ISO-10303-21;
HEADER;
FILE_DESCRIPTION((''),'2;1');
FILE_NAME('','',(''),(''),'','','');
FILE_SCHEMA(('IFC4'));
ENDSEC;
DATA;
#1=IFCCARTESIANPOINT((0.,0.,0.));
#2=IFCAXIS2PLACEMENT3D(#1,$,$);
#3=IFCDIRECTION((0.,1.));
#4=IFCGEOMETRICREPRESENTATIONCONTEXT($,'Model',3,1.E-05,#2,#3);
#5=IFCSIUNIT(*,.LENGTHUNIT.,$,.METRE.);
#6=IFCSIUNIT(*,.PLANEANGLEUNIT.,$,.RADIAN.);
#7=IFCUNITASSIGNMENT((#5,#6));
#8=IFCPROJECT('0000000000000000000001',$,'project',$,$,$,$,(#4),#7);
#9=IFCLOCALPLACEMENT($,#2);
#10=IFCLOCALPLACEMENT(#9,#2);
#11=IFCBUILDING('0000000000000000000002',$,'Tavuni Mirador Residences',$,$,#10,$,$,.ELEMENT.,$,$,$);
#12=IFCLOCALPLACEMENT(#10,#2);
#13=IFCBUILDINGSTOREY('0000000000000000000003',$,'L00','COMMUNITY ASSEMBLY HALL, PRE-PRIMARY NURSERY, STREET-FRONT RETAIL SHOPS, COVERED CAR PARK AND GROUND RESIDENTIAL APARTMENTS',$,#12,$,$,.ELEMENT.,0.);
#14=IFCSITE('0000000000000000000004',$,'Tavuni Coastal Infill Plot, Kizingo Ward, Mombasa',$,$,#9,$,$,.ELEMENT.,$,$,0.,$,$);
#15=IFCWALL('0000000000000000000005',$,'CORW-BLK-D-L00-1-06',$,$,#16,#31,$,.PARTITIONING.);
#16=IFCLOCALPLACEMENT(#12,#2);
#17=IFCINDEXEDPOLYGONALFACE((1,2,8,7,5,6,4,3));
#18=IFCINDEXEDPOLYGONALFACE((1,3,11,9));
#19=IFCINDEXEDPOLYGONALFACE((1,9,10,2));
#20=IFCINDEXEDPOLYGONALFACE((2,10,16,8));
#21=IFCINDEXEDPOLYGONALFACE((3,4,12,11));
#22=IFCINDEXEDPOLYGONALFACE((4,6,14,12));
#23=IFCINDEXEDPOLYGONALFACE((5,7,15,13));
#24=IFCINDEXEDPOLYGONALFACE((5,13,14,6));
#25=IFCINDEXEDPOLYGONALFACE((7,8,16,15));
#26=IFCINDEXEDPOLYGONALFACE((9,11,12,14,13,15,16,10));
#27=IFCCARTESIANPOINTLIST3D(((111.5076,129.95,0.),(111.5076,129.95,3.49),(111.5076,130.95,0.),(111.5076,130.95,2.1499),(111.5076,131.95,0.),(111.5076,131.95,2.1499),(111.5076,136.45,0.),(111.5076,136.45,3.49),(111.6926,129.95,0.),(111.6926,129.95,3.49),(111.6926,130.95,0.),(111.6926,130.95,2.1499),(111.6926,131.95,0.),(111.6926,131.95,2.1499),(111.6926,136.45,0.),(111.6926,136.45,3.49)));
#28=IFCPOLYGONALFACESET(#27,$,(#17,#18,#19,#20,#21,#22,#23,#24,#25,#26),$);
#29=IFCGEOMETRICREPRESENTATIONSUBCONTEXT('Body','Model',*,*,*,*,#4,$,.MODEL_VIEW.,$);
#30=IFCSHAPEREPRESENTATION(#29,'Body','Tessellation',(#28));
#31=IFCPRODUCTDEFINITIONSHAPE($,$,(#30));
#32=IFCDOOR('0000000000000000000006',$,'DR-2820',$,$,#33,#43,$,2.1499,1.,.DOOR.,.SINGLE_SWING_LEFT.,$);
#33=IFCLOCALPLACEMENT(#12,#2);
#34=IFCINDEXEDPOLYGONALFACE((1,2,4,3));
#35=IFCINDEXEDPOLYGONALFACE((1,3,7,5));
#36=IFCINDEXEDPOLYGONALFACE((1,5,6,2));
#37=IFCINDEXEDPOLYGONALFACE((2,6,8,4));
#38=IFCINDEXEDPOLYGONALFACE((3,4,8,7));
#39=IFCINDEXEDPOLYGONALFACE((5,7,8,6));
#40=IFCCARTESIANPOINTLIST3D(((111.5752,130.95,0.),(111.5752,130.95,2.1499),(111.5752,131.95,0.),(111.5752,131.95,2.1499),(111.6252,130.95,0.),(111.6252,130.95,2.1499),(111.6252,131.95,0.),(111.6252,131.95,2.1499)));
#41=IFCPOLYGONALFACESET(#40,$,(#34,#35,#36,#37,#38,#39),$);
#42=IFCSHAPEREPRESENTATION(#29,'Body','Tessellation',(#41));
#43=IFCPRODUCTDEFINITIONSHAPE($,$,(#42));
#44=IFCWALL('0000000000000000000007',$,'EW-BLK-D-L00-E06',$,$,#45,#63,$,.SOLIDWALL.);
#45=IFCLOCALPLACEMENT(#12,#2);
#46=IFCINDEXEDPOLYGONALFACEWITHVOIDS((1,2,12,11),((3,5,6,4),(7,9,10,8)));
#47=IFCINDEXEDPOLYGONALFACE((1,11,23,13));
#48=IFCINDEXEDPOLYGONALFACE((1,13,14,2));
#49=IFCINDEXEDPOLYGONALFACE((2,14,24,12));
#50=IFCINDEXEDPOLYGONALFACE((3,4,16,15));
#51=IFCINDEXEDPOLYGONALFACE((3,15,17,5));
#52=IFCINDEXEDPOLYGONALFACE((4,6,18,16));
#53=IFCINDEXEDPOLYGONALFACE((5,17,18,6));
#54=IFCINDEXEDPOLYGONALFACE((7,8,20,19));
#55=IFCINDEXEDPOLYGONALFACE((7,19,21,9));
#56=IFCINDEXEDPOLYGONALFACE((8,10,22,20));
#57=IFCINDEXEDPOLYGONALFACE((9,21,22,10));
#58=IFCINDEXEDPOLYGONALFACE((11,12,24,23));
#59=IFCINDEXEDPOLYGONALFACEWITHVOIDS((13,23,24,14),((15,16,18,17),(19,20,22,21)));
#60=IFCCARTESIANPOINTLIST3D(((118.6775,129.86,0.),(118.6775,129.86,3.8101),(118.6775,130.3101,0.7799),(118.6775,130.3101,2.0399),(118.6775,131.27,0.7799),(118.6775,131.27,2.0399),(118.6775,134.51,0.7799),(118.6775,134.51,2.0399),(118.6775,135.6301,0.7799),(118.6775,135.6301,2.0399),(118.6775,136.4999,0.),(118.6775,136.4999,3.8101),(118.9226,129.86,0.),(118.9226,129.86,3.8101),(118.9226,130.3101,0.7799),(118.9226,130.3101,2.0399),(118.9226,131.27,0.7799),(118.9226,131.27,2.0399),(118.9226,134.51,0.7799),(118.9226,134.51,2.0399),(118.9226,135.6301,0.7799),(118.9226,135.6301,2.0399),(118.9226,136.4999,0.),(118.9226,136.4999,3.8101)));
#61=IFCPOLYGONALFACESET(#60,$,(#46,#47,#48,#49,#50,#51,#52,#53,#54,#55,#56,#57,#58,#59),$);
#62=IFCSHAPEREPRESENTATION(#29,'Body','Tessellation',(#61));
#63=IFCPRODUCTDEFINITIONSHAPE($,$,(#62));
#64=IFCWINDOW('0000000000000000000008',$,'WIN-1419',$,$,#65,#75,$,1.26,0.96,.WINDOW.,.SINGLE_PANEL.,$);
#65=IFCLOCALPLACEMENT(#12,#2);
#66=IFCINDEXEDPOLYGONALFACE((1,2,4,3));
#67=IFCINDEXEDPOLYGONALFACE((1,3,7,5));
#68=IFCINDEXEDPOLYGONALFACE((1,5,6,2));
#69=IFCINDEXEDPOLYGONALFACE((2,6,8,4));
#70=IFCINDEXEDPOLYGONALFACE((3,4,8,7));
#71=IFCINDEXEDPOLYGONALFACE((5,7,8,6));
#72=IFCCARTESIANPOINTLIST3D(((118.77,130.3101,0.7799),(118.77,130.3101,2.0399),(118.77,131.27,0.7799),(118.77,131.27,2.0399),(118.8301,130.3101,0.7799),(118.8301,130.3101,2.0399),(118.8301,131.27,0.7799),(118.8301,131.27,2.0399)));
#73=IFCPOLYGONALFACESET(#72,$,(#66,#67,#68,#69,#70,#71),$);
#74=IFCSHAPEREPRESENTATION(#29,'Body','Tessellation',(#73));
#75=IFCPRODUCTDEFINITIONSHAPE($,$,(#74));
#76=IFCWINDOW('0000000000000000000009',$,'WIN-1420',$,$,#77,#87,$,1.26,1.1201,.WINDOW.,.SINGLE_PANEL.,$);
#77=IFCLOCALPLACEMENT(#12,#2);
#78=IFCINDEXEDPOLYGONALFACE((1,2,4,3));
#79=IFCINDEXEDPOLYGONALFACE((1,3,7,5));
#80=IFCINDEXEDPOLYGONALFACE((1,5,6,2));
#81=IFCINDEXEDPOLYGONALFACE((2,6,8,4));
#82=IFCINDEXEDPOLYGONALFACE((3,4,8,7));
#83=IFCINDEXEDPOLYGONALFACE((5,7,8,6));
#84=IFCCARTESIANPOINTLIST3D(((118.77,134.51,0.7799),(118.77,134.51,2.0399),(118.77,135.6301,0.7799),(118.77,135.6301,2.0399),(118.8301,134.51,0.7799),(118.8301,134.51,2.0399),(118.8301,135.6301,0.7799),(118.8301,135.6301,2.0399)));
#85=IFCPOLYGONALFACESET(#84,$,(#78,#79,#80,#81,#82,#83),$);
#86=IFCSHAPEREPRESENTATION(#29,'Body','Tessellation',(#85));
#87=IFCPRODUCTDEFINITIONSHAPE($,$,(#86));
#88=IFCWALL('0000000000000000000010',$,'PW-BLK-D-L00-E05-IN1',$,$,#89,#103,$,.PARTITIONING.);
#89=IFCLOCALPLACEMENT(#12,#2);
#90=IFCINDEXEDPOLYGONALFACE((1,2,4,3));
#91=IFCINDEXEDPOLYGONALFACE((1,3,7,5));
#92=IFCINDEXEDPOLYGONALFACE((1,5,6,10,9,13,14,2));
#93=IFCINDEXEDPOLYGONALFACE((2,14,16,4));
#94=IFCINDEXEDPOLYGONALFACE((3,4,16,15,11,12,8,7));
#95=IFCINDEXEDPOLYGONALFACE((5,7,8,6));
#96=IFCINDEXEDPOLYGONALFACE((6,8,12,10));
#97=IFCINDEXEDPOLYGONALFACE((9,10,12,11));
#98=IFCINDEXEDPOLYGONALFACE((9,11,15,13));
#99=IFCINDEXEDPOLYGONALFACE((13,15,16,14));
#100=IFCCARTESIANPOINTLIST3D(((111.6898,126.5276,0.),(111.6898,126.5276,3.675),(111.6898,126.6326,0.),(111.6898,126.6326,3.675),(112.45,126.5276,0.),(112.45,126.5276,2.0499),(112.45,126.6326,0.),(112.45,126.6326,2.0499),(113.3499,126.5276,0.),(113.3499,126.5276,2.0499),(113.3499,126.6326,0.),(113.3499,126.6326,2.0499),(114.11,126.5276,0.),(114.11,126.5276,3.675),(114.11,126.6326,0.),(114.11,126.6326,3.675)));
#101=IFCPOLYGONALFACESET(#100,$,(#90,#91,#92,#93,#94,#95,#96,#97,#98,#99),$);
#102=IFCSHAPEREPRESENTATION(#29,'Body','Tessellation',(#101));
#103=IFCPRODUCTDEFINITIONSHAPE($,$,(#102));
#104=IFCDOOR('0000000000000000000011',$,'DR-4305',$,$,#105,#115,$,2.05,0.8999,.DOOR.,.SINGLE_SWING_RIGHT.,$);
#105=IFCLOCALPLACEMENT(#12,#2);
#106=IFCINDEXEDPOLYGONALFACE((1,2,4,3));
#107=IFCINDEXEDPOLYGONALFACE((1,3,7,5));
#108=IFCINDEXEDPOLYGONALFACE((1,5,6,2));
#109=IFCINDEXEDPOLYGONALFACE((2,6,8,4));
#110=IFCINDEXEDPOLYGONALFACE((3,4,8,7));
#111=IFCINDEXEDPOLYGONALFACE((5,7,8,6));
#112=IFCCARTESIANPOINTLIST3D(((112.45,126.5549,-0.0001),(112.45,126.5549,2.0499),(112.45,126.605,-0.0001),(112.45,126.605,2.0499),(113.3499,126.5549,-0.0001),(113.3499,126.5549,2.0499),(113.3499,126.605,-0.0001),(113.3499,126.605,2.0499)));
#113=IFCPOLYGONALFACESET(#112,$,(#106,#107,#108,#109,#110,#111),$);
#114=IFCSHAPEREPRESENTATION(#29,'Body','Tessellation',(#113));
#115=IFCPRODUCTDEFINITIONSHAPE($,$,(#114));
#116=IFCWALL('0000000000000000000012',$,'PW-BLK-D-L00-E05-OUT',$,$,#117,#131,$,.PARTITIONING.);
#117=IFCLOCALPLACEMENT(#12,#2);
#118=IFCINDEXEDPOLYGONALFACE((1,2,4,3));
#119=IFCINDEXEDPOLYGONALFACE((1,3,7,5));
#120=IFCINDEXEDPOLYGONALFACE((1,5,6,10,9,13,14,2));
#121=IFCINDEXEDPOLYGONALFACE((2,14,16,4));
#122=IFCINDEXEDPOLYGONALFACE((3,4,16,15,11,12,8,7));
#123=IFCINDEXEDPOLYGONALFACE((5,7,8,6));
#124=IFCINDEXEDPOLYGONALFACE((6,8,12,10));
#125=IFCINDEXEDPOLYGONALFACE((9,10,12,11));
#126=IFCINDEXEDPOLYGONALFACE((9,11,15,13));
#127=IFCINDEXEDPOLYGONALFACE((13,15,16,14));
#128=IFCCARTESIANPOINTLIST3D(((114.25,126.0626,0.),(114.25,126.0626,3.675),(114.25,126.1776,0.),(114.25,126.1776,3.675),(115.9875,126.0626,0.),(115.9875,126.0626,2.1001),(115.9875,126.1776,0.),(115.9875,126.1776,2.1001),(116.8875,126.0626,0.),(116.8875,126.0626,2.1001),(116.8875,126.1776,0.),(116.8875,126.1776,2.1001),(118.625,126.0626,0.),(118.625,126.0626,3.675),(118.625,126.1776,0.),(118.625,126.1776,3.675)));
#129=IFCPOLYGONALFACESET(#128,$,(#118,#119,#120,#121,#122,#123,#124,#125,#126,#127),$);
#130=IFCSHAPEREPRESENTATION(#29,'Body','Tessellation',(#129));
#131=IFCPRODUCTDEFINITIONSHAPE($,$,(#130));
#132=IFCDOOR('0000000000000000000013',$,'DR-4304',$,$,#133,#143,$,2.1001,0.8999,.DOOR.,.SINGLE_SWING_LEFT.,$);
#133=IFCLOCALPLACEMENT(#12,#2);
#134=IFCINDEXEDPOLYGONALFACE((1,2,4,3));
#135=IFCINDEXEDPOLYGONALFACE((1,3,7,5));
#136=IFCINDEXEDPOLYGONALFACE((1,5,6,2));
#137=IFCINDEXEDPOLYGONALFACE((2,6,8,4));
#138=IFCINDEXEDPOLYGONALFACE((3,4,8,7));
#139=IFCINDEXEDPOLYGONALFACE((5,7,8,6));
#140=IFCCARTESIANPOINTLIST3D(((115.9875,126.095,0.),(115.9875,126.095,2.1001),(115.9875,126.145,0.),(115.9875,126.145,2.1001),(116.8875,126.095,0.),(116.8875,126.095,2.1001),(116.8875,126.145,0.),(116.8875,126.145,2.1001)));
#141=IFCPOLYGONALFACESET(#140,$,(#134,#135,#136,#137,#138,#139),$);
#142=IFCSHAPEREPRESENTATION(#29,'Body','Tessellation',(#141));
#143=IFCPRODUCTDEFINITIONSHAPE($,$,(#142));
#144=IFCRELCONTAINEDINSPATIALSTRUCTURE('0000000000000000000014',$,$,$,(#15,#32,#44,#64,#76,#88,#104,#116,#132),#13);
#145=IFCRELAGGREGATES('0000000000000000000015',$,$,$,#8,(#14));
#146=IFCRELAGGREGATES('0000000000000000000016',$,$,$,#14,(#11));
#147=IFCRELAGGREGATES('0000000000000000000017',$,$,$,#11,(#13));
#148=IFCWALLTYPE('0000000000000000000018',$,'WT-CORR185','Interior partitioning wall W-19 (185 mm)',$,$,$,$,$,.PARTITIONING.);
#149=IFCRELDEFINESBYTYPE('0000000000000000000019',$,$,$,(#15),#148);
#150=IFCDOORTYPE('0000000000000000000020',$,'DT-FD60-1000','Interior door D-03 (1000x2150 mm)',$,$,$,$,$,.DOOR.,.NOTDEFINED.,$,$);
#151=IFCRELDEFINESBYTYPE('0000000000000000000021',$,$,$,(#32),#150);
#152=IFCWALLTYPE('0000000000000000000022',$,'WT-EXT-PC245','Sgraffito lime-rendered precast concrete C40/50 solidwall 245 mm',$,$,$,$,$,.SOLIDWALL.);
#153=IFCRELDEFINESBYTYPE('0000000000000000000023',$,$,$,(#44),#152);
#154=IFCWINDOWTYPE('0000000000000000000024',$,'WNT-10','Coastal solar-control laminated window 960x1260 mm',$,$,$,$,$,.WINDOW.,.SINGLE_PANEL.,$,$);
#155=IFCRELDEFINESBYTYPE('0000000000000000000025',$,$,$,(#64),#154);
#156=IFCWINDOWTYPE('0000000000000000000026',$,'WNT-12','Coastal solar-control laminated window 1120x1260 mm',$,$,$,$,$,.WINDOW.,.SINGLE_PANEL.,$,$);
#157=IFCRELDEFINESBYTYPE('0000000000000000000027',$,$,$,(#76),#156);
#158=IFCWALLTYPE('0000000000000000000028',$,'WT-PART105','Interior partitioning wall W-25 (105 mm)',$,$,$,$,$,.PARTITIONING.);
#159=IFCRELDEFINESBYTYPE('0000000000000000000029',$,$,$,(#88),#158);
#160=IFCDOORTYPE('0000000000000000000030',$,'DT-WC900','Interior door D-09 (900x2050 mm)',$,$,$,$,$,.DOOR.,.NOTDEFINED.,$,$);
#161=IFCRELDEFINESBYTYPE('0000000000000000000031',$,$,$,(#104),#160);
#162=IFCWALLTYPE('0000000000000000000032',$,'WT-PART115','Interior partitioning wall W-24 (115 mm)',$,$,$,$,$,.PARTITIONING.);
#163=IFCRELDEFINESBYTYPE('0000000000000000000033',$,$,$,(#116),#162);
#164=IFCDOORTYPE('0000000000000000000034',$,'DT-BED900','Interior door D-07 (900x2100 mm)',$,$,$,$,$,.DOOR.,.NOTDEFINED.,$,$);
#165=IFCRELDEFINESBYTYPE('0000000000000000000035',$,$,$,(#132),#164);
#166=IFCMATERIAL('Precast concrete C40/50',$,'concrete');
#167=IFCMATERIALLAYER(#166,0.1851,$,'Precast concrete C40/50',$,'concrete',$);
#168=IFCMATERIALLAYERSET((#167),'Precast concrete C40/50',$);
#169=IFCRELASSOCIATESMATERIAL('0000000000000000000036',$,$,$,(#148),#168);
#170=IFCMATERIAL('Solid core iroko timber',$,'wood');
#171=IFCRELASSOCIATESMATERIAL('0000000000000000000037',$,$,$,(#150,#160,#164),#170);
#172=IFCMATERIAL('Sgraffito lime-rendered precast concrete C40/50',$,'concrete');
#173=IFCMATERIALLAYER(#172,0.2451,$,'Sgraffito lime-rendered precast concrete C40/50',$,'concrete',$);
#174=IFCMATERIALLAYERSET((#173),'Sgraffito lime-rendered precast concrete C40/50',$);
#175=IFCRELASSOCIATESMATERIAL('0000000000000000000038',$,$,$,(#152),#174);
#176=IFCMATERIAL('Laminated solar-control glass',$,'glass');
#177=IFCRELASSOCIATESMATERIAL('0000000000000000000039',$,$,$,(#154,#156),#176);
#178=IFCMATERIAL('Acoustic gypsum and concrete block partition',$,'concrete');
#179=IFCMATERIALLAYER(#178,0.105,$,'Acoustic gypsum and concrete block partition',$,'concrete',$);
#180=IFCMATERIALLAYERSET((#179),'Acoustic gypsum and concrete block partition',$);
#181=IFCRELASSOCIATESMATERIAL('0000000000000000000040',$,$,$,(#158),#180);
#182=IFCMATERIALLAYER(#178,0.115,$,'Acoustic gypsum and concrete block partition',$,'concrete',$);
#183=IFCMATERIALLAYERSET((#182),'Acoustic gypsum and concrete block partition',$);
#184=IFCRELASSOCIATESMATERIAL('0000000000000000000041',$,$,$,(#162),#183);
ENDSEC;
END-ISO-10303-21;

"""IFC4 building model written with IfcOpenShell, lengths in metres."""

from ifc_helpers import new_model, si_unit, direction, frame, frame_2d, origin, place, context, subcontext, project, spatial, rectangle, extrude, material, layer, layer_set, type_object, element, fill, save


model = new_model("IFC4")

# Units and contexts
model_context = context("Model", 3, precision=1e-05, world=origin(), true_north=direction((0.0, 1.0)))
body_context = subcontext(model_context, "Body", "Model", "MODEL_VIEW")
ifc_project = project(units=[si_unit("LENGTHUNIT", "METRE"), si_unit("PLANEANGLEUNIT", "RADIAN")], contexts=[model_context])

# Site, building, storey
site_placement = place(None, origin())
site = spatial("IfcSite", under=ifc_project, at=site_placement, Name="Tavuni Coastal Infill Plot, Kizingo Ward, Mombasa", CompositionType="ELEMENT", RefElevation=0.0)
building_placement = place(site_placement, origin())
building = spatial("IfcBuilding", under=site, at=building_placement, Name="Tavuni Mirador Residences", CompositionType="ELEMENT")
storey_placement = place(building_placement, origin())
storey = spatial("IfcBuildingStorey", under=building, at=storey_placement, Name="L00", Description="COMMUNITY ASSEMBLY HALL, PRE-PRIMARY NURSERY, STREET-FRONT RETAIL SHOPS, COVERED CAR PARK AND GROUND RESIDENTIAL APARTMENTS", CompositionType="ELEMENT", Elevation=0.0)

# Shared definitions
ifc_material_1 = material(Name="Precast concrete C40/50", Category="concrete")

# Wall, opening, door
ifc_layer_1 = layer(ifc_material_1, 0.1851, Name="Precast concrete C40/50", Category="concrete")
ifc_layer_set_1 = layer_set([ifc_layer_1], Name="Precast concrete C40/50")
wall_type_1 = type_object("IfcWallType", Name="WT-CORR185", Description="Interior partitioning wall W-19 (185 mm)", PredefinedType="PARTITIONING", material=ifc_layer_set_1)
wall_1_placement = place(storey_placement, frame((111.6001, 129.95, 0.0), z_axis=(0.0, 0.0, 1.0), x_axis=(0.0, 1.0, 0.0)))
wall_1 = element("IfcWall", 1, at=wall_1_placement, inside=storey, type_object=wall_type_1, Name="CORW-BLK-D-L00-1-06", PredefinedType="PARTITIONING", context=body_context, shape_type="SweptSolid", body=[
    extrude(rectangle(XDim=6.5, YDim=0.1851, at=frame_2d((3.25, 0.0))), origin(), (0.0, 0.0, 1.0), 3.49),
])
opening_1_placement = place(wall_1_placement, frame((1.0, 0.0, 0.0)))
opening_1 = element("IfcOpeningElement", 2, at=opening_1_placement, cuts=wall_1, PredefinedType="OPENING", context=body_context, shape_type="SweptSolid", body=[
    extrude(rectangle(XDim=1.0, YDim=2.1499, at=frame_2d((0.5, 1.075))), frame((0.0, 0.1025, 0.0), z_axis=(0.0, -1.0, 0.0), x_axis=(1.0, 0.0, 0.0)), (0.0, 0.0, 1.0), 0.2051),
])
ifc_material_2 = material(Name="Solid core iroko timber", Category="wood")
door_type_1 = type_object("IfcDoorType", Name="DT-FD60-1000", Description="Interior door D-03 (1000x2150 mm)", OperationType="NOTDEFINED", PredefinedType="DOOR", material=ifc_material_2)
door_1_placement = place(opening_1_placement, origin())
door_1 = element("IfcDoor", 3, at=door_1_placement, inside=storey, type_object=door_type_1, Name="DR-2820", OperationType="SINGLE_SWING_LEFT", OverallHeight=2.1499, OverallWidth=1.0, PredefinedType="DOOR", context=body_context, shape_type="SweptSolid", body=[
    extrude(rectangle(XDim=1.0, YDim=2.1499, at=frame_2d((0.5, 1.075))), frame((0.0, 0.0249, 0.0), z_axis=(0.0, -1.0, 0.0), x_axis=(1.0, 0.0, 0.0)), (0.0, 0.0, 1.0), 0.05),
])
fill(opening_1, door_1)

# Wall, openings, windows
ifc_material_3 = material(Name="Sgraffito lime-rendered precast concrete C40/50", Category="concrete")
ifc_layer_2 = layer(ifc_material_3, 0.2451, Name="Sgraffito lime-rendered precast concrete C40/50", Category="concrete")
ifc_layer_set_2 = layer_set([ifc_layer_2], Name="Sgraffito lime-rendered precast concrete C40/50")
wall_type_2 = type_object("IfcWallType", Name="WT-EXT-PC245", Description="Sgraffito lime-rendered precast concrete C40/50 solidwall 245 mm", PredefinedType="SOLIDWALL", material=ifc_layer_set_2)
wall_2_placement = place(storey_placement, frame((118.8, 129.8601, 0.0), z_axis=(0.0, 0.0, 1.0), x_axis=(0.0, 1.0, 0.0)))
wall_2 = element("IfcWall", 4, at=wall_2_placement, inside=storey, type_object=wall_type_2, Name="EW-BLK-D-L00-E06", PredefinedType="SOLIDWALL", context=body_context, shape_type="SweptSolid", body=[
    extrude(rectangle(XDim=6.6399, YDim=0.2451, at=frame_2d((3.3198, 0.0))), origin(), (0.0, 0.0, 1.0), 3.8101),
])
opening_2_placement = place(wall_2_placement, frame((0.45, 0.0, 0.78)))
opening_2 = element("IfcOpeningElement", 5, at=opening_2_placement, cuts=wall_2, PredefinedType="OPENING", context=body_context, shape_type="SweptSolid", body=[
    extrude(rectangle(XDim=0.96, YDim=1.26, at=frame_2d((0.48, 0.6299))), frame((0.0, 0.1326, 0.0), z_axis=(0.0, -1.0, 0.0), x_axis=(1.0, 0.0, 0.0)), (0.0, 0.0, 1.0), 0.2651),
])
opening_3_placement = place(wall_2_placement, frame((4.6499, 0.0, 0.78)))
opening_3 = element("IfcOpeningElement", 6, at=opening_3_placement, cuts=wall_2, PredefinedType="OPENING", context=body_context, shape_type="SweptSolid", body=[
    extrude(rectangle(XDim=1.1201, YDim=1.26, at=frame_2d((0.5601, 0.6299))), frame((0.0, 0.1326, 0.0), z_axis=(0.0, -1.0, 0.0), x_axis=(1.0, 0.0, 0.0)), (0.0, 0.0, 1.0), 0.2651),
])
ifc_material_4 = material(Name="Laminated solar-control glass", Category="glass")
window_type_1 = type_object("IfcWindowType", Name="WNT-10", Description="Coastal solar-control laminated window 960x1260 mm", PartitioningType="SINGLE_PANEL", PredefinedType="WINDOW", material=ifc_material_4)
window_1_placement = place(opening_2_placement, origin())
window_1 = element("IfcWindow", 7, at=window_1_placement, inside=storey, type_object=window_type_1, Name="WIN-1419", OverallHeight=1.26, OverallWidth=0.96, PartitioningType="SINGLE_PANEL", PredefinedType="WINDOW", context=body_context, shape_type="SweptSolid", body=[
    extrude(rectangle(XDim=0.96, YDim=1.26, at=frame_2d((0.48, 0.6299))), frame((0.0, 0.03, 0.0), z_axis=(0.0, -1.0, 0.0), x_axis=(1.0, 0.0, 0.0)), (0.0, 0.0, 1.0), 0.0601),
])
fill(opening_2, window_1)
window_type_2 = type_object("IfcWindowType", Name="WNT-12", Description="Coastal solar-control laminated window 1120x1260 mm", PartitioningType="SINGLE_PANEL", PredefinedType="WINDOW", material=ifc_material_4)
window_2_placement = place(opening_3_placement, origin())
window_2 = element("IfcWindow", 8, at=window_2_placement, inside=storey, type_object=window_type_2, Name="WIN-1420", OverallHeight=1.26, OverallWidth=1.1201, PartitioningType="SINGLE_PANEL", PredefinedType="WINDOW", context=body_context, shape_type="SweptSolid", body=[
    extrude(rectangle(XDim=1.1201, YDim=1.26, at=frame_2d((0.5601, 0.6299))), frame((0.0, 0.03, 0.0), z_axis=(0.0, -1.0, 0.0), x_axis=(1.0, 0.0, 0.0)), (0.0, 0.0, 1.0), 0.0601),
])
fill(opening_3, window_2)

# Walls, openings, doors
ifc_material_5 = material(Name="Acoustic gypsum and concrete block partition", Category="concrete")
ifc_layer_3 = layer(ifc_material_5, 0.105, Name="Acoustic gypsum and concrete block partition", Category="concrete")
ifc_layer_set_3 = layer_set([ifc_layer_3], Name="Acoustic gypsum and concrete block partition")
wall_type_3 = type_object("IfcWallType", Name="WT-PART105", Description="Interior partitioning wall W-25 (105 mm)", PredefinedType="PARTITIONING", material=ifc_layer_set_3)
wall_3_placement = place(storey_placement, frame((111.6899, 126.5801, 0.0), z_axis=(0.0, 0.0, 1.0), x_axis=(1.0, 0.0, 0.0)))
wall_3 = element("IfcWall", 9, at=wall_3_placement, inside=storey, type_object=wall_type_3, Name="PW-BLK-D-L00-E05-IN1", PredefinedType="PARTITIONING", context=body_context, shape_type="SweptSolid", body=[
    extrude(rectangle(XDim=2.4202, YDim=0.105, at=frame_2d((1.21, 0.0))), origin(), (0.0, 0.0, 1.0), 3.675),
])
opening_4_placement = place(wall_3_placement, frame((0.76, 0.0, 0.0)))
opening_4 = element("IfcOpeningElement", 10, at=opening_4_placement, cuts=wall_3, PredefinedType="OPENING", context=body_context, shape_type="SweptSolid", body=[
    extrude(rectangle(XDim=0.8999, YDim=2.05, at=frame_2d((0.45, 1.0249))), frame((0.0, 0.0625, 0.0), z_axis=(0.0, -1.0, 0.0), x_axis=(1.0, 0.0, 0.0)), (0.0, 0.0, 1.0), 0.125),
])
door_type_2 = type_object("IfcDoorType", Name="DT-WC900", Description="Interior door D-09 (900x2050 mm)", OperationType="NOTDEFINED", PredefinedType="DOOR", material=ifc_material_2)
door_2_placement = place(opening_4_placement, origin())
door_2 = element("IfcDoor", 11, at=door_2_placement, inside=storey, type_object=door_type_2, Name="DR-4305", OperationType="SINGLE_SWING_RIGHT", OverallHeight=2.05, OverallWidth=0.8999, PredefinedType="DOOR", context=body_context, shape_type="SweptSolid", body=[
    extrude(rectangle(XDim=0.8999, YDim=2.05, at=frame_2d((0.45, 1.0249))), frame((0.0, 0.0249, 0.0), z_axis=(0.0, -1.0, 0.0), x_axis=(1.0, 0.0, 0.0)), (0.0, 0.0, 1.0), 0.05),
])
fill(opening_4, door_2)
ifc_layer_4 = layer(ifc_material_5, 0.115, Name="Acoustic gypsum and concrete block partition", Category="concrete")
ifc_layer_set_4 = layer_set([ifc_layer_4], Name="Acoustic gypsum and concrete block partition")
wall_type_4 = type_object("IfcWallType", Name="WT-PART115", Description="Interior partitioning wall W-24 (115 mm)", PredefinedType="PARTITIONING", material=ifc_layer_set_4)
wall_4_placement = place(storey_placement, frame((114.25, 126.1201, 0.0), z_axis=(0.0, 0.0, 1.0), x_axis=(1.0, 0.0, 0.0)))
wall_4 = element("IfcWall", 12, at=wall_4_placement, inside=storey, type_object=wall_type_4, Name="PW-BLK-D-L00-E05-OUT", PredefinedType="PARTITIONING", context=body_context, shape_type="SweptSolid", body=[
    extrude(rectangle(XDim=4.375, YDim=0.115, at=frame_2d((2.1875, 0.0))), origin(), (0.0, 0.0, 1.0), 3.675),
])
opening_5_placement = place(wall_4_placement, frame((1.7375, 0.0, 0.0)))
opening_5 = element("IfcOpeningElement", 13, at=opening_5_placement, cuts=wall_4, PredefinedType="OPENING", context=body_context, shape_type="SweptSolid", body=[
    extrude(rectangle(XDim=0.8999, YDim=2.1001, at=frame_2d((0.45, 1.05))), frame((0.0, 0.0674, 0.0), z_axis=(0.0, -1.0, 0.0), x_axis=(1.0, 0.0, 0.0)), (0.0, 0.0, 1.0), 0.135),
])
door_type_3 = type_object("IfcDoorType", Name="DT-BED900", Description="Interior door D-07 (900x2100 mm)", OperationType="NOTDEFINED", PredefinedType="DOOR", material=ifc_material_2)
door_3_placement = place(opening_5_placement, origin())
door_3 = element("IfcDoor", 14, at=door_3_placement, inside=storey, type_object=door_type_3, Name="DR-4304", OperationType="SINGLE_SWING_LEFT", OverallHeight=2.1001, OverallWidth=0.8999, PredefinedType="DOOR", context=body_context, shape_type="SweptSolid", body=[
    extrude(rectangle(XDim=0.8999, YDim=2.1001, at=frame_2d((0.45, 1.05))), frame((0.0, 0.0249, 0.0), z_axis=(0.0, -1.0, 0.0), x_axis=(1.0, 0.0, 0.0)), (0.0, 0.0, 1.0), 0.05),
])
fill(opening_5, door_3)

save(model, "model.ifc")
